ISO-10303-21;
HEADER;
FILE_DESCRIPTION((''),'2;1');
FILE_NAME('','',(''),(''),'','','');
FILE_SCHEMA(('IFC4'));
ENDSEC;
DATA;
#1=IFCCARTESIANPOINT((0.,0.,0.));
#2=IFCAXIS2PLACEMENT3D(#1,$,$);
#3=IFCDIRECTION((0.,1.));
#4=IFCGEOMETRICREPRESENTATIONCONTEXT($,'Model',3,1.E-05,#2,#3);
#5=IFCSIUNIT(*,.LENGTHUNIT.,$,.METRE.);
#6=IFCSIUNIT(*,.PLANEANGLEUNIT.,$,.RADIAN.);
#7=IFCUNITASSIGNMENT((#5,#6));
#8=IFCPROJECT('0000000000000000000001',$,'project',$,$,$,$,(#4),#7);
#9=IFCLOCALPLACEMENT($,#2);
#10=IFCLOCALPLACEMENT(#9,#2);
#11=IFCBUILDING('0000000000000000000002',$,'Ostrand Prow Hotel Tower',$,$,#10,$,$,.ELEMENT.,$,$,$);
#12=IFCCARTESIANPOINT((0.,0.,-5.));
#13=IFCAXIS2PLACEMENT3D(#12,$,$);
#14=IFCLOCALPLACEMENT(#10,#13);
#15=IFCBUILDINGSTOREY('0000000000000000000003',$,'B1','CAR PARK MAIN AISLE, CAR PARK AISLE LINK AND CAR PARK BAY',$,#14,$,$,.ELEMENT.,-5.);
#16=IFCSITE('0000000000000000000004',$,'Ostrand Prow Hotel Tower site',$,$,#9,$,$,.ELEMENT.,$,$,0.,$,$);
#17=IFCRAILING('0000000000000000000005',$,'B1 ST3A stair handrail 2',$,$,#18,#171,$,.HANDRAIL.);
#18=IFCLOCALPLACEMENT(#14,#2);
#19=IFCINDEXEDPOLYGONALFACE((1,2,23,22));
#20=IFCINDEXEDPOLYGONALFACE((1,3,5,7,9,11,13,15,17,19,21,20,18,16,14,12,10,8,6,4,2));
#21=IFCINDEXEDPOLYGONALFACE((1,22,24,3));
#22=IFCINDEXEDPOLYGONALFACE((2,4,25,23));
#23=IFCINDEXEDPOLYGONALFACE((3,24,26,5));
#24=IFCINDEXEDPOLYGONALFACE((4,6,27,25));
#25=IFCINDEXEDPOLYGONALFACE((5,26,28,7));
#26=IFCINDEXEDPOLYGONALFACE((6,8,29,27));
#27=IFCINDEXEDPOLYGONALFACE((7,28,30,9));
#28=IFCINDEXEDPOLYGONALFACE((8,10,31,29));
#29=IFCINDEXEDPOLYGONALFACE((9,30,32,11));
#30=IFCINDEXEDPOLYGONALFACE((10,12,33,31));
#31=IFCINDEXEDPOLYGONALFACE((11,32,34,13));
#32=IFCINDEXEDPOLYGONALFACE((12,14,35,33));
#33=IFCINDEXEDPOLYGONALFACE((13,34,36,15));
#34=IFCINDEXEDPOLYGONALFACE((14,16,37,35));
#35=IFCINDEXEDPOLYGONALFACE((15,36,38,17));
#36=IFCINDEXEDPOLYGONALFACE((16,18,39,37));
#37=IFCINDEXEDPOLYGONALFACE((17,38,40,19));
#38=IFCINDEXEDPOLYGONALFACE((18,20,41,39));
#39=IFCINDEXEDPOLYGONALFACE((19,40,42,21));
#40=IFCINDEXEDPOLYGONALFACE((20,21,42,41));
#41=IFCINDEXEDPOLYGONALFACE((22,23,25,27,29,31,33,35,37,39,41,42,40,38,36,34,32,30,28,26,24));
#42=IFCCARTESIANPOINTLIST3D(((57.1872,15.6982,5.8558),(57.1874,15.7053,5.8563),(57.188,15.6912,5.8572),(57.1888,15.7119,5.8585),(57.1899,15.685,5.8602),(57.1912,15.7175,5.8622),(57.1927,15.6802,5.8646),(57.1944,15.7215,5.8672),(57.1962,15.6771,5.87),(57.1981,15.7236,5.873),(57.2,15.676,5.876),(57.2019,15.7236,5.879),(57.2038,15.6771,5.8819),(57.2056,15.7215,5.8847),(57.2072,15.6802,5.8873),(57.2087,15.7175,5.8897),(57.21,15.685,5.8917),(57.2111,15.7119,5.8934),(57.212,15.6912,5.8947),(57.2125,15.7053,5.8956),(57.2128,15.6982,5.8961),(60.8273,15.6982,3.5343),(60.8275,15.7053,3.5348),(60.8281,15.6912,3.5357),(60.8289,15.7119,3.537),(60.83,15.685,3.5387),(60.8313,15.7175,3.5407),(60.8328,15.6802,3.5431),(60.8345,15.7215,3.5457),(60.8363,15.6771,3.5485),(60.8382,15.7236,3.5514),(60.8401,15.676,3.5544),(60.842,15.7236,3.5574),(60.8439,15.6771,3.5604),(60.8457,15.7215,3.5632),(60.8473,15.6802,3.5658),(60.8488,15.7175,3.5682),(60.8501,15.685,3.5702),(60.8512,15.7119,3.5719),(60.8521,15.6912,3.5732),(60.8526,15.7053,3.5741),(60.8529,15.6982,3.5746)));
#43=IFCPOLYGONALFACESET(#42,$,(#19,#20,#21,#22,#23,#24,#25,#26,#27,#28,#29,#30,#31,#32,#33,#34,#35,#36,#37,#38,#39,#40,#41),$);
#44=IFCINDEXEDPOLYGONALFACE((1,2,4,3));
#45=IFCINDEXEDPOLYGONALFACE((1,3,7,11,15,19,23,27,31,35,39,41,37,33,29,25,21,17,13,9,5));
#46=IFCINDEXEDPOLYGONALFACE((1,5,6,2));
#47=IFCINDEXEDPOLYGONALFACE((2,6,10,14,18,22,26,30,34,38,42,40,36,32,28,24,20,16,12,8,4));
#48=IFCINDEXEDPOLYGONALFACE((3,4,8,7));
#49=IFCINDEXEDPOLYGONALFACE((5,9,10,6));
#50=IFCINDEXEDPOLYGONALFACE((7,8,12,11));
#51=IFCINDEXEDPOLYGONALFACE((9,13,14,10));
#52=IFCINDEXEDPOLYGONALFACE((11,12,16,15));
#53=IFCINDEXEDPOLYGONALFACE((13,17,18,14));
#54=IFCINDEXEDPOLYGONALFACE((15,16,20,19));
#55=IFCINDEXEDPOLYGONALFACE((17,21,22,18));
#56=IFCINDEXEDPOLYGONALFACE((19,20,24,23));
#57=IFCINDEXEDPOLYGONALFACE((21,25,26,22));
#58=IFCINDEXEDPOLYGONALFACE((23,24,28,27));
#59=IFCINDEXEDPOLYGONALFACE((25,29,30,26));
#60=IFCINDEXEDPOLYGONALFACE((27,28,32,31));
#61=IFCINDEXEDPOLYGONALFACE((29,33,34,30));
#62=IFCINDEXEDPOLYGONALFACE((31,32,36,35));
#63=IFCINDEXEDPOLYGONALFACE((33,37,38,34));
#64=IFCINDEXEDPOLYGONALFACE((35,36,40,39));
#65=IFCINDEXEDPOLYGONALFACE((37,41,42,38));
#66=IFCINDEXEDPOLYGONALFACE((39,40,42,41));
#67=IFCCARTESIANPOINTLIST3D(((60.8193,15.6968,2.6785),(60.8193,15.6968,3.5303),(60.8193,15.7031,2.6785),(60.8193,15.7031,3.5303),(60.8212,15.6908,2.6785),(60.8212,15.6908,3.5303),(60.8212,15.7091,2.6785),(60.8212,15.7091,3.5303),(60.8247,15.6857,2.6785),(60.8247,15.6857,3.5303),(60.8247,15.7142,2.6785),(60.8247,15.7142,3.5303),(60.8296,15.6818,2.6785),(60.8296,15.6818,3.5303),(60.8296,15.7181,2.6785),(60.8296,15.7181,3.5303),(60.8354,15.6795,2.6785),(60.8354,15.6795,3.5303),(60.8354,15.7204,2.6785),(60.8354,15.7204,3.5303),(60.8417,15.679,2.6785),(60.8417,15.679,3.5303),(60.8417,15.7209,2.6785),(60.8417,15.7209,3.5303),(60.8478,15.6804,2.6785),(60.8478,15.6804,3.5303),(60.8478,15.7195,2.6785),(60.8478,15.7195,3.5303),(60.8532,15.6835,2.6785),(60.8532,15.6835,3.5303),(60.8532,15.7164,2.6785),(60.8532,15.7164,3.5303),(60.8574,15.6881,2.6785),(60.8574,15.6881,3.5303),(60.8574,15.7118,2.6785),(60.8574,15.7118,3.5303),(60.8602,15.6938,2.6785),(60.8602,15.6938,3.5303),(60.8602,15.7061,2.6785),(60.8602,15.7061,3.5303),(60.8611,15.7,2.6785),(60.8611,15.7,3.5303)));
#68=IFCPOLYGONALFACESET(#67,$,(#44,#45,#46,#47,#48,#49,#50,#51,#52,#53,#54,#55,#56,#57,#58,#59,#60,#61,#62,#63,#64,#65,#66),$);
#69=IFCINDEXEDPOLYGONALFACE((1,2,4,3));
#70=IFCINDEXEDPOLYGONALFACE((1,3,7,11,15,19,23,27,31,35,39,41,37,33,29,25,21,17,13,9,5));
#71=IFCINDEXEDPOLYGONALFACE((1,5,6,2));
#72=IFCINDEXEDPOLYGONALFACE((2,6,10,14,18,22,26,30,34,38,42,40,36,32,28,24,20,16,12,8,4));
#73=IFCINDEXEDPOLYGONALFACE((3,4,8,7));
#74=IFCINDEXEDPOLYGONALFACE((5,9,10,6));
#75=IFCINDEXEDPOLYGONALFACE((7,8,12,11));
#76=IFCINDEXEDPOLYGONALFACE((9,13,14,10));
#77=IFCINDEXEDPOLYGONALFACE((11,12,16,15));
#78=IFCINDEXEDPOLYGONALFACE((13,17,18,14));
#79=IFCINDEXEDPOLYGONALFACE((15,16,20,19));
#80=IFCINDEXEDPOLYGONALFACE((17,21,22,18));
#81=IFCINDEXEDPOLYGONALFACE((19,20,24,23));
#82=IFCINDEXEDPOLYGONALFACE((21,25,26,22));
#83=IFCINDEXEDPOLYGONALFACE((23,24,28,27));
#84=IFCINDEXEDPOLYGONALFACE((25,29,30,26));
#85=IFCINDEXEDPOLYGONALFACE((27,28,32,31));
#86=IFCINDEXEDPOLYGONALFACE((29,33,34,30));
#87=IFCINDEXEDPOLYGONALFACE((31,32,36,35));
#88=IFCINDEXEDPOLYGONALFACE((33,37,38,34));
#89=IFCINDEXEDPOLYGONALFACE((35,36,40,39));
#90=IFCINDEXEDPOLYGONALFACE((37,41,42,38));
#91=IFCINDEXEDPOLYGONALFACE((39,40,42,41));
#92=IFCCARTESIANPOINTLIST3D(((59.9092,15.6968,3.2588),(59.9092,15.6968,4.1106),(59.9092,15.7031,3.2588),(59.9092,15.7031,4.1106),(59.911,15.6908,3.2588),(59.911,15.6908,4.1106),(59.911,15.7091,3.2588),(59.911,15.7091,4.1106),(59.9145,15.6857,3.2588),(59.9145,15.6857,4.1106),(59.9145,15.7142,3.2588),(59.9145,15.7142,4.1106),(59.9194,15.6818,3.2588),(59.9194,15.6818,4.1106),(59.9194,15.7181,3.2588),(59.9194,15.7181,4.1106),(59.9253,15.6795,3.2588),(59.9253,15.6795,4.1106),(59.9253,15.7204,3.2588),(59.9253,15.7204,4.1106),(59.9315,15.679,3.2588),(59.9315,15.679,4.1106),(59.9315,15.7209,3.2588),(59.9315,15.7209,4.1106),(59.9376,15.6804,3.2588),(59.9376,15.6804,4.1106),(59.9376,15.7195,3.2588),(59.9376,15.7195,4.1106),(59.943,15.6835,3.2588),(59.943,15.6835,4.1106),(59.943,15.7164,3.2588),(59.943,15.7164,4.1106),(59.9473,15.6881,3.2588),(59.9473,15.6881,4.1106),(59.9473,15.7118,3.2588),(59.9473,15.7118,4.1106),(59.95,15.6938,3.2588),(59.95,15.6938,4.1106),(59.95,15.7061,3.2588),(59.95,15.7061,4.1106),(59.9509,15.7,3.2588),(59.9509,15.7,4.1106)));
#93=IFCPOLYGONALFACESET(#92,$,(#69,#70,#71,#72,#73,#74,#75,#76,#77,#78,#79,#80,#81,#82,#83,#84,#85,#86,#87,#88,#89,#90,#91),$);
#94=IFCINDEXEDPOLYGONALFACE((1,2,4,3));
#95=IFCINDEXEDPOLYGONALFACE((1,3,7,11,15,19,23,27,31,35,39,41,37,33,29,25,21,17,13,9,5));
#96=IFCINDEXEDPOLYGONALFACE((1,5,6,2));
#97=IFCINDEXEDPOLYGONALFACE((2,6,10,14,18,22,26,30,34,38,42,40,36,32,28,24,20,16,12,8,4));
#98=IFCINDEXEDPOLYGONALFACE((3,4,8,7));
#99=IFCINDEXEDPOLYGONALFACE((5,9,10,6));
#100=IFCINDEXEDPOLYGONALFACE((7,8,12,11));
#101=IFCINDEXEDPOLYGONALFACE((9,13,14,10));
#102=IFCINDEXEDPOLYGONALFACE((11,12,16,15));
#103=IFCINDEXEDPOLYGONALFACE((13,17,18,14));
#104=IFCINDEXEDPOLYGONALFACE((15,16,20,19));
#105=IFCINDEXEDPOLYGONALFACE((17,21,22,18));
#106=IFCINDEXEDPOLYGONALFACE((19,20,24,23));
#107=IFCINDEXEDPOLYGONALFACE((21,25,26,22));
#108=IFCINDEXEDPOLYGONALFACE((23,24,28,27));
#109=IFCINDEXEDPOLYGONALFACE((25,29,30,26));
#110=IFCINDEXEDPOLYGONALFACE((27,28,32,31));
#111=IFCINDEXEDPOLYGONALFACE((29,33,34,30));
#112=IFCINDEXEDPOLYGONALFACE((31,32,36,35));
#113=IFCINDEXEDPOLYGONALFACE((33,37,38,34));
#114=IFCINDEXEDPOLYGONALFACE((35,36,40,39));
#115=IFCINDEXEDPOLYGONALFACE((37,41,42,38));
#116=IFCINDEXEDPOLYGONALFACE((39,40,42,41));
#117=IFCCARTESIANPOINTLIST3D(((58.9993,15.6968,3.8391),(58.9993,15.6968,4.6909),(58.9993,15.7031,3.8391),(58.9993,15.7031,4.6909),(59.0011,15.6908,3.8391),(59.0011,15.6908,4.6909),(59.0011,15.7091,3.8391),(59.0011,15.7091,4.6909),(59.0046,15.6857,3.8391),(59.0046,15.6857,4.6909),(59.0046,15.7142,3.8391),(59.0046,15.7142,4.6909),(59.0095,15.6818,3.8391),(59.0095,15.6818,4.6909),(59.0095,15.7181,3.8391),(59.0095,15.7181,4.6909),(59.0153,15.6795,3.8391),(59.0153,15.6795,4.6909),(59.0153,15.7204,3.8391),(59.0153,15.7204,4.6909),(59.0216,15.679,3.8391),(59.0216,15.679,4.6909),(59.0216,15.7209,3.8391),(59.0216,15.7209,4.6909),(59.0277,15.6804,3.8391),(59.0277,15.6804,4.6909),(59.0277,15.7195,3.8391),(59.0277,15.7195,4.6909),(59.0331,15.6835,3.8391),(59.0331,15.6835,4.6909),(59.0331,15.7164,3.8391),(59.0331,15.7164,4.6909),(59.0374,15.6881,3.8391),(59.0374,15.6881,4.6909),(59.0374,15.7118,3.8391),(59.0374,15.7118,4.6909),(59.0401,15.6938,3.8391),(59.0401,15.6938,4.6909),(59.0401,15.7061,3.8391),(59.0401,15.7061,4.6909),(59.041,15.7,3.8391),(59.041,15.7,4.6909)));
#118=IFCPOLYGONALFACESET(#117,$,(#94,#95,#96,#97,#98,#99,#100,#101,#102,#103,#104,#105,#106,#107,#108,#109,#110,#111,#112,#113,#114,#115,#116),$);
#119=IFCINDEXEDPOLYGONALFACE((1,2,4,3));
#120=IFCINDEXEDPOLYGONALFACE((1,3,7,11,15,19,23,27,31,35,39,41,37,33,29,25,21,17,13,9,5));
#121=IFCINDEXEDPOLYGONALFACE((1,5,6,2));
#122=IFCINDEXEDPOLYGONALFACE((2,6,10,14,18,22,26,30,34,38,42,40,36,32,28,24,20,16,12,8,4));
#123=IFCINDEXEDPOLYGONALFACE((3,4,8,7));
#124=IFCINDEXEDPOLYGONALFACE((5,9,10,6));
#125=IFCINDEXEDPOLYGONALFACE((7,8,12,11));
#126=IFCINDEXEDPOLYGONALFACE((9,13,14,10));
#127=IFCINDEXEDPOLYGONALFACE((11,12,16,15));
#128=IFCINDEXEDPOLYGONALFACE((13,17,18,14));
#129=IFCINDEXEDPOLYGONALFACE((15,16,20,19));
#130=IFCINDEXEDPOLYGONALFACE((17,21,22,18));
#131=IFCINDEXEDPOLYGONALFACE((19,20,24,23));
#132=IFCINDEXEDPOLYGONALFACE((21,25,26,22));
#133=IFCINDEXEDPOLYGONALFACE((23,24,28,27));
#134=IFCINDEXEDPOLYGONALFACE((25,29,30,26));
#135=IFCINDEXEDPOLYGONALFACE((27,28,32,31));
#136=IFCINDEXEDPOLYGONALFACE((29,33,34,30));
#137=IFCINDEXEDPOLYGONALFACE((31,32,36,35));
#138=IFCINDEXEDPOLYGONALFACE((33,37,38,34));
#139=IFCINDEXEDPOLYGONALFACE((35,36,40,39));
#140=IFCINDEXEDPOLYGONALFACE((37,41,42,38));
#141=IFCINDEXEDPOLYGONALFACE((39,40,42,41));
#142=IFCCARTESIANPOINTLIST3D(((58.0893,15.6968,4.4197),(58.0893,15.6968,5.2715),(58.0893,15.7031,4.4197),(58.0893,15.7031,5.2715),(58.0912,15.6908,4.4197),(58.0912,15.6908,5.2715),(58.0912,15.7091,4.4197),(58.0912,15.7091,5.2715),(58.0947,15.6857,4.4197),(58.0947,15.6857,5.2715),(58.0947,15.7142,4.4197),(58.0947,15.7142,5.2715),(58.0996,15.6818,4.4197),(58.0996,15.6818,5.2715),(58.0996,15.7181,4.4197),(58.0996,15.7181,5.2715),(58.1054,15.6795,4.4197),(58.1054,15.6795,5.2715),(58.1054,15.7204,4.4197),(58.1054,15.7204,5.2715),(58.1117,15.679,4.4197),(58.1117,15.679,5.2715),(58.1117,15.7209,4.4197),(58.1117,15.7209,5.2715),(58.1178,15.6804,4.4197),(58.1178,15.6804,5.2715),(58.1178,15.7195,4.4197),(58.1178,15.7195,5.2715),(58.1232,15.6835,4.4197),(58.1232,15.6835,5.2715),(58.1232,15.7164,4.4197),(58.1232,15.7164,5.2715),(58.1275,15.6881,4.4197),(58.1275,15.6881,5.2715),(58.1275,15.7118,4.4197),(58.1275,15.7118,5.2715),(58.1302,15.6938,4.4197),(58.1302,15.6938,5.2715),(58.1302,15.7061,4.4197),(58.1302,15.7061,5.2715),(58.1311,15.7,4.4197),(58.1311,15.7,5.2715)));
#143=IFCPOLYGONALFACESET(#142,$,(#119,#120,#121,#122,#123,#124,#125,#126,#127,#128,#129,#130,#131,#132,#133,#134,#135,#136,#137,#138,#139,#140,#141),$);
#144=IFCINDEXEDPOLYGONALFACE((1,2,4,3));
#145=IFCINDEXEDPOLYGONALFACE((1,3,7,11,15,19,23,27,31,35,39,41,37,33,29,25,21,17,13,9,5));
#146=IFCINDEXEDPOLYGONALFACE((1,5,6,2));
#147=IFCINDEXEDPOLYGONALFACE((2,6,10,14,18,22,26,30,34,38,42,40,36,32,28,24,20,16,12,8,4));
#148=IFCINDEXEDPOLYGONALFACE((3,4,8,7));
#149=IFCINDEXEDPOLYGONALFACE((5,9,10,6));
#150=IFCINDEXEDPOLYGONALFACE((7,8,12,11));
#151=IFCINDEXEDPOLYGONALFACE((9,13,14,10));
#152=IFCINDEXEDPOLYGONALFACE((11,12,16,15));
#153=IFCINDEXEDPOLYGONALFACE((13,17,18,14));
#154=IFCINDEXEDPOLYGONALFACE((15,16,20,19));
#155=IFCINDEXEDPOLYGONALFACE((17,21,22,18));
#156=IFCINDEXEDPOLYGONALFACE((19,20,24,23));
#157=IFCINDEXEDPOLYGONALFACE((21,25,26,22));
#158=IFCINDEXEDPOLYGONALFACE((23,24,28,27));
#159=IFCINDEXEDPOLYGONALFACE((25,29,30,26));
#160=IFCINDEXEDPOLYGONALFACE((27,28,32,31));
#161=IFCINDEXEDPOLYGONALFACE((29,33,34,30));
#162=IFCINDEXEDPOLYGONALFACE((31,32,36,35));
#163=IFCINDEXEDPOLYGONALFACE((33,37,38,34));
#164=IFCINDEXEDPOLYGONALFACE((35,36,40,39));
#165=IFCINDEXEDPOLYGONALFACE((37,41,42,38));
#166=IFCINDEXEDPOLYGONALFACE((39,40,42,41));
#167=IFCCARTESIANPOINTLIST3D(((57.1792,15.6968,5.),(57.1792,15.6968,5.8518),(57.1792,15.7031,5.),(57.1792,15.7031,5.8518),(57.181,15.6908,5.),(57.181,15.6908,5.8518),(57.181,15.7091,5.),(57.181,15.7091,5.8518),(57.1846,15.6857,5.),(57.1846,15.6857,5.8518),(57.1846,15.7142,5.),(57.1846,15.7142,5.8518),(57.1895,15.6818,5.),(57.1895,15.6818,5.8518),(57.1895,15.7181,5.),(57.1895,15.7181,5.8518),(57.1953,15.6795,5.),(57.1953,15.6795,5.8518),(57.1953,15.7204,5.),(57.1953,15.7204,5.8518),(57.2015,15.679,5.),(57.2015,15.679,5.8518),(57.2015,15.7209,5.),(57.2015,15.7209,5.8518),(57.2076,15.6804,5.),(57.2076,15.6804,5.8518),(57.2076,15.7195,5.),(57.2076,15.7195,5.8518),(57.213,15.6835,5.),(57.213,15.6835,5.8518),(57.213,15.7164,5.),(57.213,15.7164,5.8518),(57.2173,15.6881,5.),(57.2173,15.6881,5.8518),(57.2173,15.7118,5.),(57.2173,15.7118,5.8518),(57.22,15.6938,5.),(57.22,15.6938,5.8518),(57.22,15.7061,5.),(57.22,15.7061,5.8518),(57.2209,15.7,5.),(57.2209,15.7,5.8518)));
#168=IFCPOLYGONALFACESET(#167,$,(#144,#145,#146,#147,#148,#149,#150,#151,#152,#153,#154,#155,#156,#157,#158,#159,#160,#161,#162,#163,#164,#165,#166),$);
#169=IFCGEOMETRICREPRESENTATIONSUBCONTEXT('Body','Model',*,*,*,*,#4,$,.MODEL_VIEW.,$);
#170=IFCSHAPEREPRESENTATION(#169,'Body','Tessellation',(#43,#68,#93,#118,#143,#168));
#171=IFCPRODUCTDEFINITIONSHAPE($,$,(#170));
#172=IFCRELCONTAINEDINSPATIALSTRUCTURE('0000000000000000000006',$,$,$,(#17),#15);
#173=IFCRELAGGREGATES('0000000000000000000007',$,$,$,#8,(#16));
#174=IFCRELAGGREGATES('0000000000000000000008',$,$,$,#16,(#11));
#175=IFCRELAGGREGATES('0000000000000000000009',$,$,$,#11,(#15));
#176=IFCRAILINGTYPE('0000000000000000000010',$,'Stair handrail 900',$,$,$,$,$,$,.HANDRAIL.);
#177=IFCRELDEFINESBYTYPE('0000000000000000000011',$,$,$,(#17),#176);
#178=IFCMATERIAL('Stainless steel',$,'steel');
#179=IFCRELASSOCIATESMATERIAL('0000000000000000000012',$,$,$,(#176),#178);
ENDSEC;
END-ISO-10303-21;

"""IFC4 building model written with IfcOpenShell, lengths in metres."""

from ifc_helpers import new_model, si_unit, direction, frame, origin, origin_2d, place, context, subcontext, project, spatial, circle, extrude, material, type_object, element, save


model = new_model("IFC4")

# Units and contexts
model_context = context("Model", 3, precision=1e-05, world=origin(), true_north=direction((0.0, 1.0)))
body_context = subcontext(model_context, "Body", "Model", "MODEL_VIEW")
ifc_project = project(units=[si_unit("LENGTHUNIT", "METRE"), si_unit("PLANEANGLEUNIT", "RADIAN")], contexts=[model_context])

# Site, building, storey
site_placement = place(None, origin())
site = spatial("IfcSite", under=ifc_project, at=site_placement, Name="Ostrand Prow Hotel Tower site", CompositionType="ELEMENT", RefElevation=0.0)
building_placement = place(site_placement, origin())
building = spatial("IfcBuilding", under=site, at=building_placement, Name="Ostrand Prow Hotel Tower", CompositionType="ELEMENT")
storey_placement = place(building_placement, frame((0.0, 0.0, -5.0)))
storey = spatial("IfcBuildingStorey", under=building, at=storey_placement, Name="B1", Description="CAR PARK MAIN AISLE, CAR PARK AISLE LINK AND CAR PARK BAY", CompositionType="ELEMENT", Elevation=-5.0)

# Railing
ifc_material_1 = material(Name="Stainless steel", Category="steel")
railing_type_1 = type_object("IfcRailingType", Name="Stair handrail 900", PredefinedType="HANDRAIL", material=ifc_material_1)
railing_1_placement = place(storey_placement, frame((60.8401, 15.7, 2.6785)))
element("IfcRailing", 1, at=railing_1_placement, inside=storey, type_object=railing_type_1, Name="B1 ST3A stair handrail 2", PredefinedType="HANDRAIL", context=body_context, shape_type="SweptSolid", body=[
    extrude(circle(Radius=0.0239, at=origin_2d()), frame((0.0, 0.0, 0.876), z_axis=(-0.843128, 0.0, 0.537713), x_axis=(0.0, -1.0, 0.0)), (0.0, 0.0, 1.0), 4.3174),
    extrude(circle(Radius=0.021, at=origin_2d()), origin(), (0.0, 0.0, 1.0), 0.8518),
    extrude(circle(Radius=0.021, at=origin_2d()), frame((-0.9102, 0.0, 0.5803)), (0.0, 0.0, 1.0), 0.8518),
    extrude(circle(Radius=0.021, at=origin_2d()), frame((-1.8201, 0.0, 1.1606)), (0.0, 0.0, 1.0), 0.8518),
    extrude(circle(Radius=0.021, at=origin_2d()), frame((-2.73, 0.0, 1.7412)), (0.0, 0.0, 1.0), 0.8518),
    extrude(circle(Radius=0.021, at=origin_2d()), frame((-3.6401, 0.0, 2.3215)), (0.0, 0.0, 1.0), 0.8518),
])

save(model, "model.ifc")
